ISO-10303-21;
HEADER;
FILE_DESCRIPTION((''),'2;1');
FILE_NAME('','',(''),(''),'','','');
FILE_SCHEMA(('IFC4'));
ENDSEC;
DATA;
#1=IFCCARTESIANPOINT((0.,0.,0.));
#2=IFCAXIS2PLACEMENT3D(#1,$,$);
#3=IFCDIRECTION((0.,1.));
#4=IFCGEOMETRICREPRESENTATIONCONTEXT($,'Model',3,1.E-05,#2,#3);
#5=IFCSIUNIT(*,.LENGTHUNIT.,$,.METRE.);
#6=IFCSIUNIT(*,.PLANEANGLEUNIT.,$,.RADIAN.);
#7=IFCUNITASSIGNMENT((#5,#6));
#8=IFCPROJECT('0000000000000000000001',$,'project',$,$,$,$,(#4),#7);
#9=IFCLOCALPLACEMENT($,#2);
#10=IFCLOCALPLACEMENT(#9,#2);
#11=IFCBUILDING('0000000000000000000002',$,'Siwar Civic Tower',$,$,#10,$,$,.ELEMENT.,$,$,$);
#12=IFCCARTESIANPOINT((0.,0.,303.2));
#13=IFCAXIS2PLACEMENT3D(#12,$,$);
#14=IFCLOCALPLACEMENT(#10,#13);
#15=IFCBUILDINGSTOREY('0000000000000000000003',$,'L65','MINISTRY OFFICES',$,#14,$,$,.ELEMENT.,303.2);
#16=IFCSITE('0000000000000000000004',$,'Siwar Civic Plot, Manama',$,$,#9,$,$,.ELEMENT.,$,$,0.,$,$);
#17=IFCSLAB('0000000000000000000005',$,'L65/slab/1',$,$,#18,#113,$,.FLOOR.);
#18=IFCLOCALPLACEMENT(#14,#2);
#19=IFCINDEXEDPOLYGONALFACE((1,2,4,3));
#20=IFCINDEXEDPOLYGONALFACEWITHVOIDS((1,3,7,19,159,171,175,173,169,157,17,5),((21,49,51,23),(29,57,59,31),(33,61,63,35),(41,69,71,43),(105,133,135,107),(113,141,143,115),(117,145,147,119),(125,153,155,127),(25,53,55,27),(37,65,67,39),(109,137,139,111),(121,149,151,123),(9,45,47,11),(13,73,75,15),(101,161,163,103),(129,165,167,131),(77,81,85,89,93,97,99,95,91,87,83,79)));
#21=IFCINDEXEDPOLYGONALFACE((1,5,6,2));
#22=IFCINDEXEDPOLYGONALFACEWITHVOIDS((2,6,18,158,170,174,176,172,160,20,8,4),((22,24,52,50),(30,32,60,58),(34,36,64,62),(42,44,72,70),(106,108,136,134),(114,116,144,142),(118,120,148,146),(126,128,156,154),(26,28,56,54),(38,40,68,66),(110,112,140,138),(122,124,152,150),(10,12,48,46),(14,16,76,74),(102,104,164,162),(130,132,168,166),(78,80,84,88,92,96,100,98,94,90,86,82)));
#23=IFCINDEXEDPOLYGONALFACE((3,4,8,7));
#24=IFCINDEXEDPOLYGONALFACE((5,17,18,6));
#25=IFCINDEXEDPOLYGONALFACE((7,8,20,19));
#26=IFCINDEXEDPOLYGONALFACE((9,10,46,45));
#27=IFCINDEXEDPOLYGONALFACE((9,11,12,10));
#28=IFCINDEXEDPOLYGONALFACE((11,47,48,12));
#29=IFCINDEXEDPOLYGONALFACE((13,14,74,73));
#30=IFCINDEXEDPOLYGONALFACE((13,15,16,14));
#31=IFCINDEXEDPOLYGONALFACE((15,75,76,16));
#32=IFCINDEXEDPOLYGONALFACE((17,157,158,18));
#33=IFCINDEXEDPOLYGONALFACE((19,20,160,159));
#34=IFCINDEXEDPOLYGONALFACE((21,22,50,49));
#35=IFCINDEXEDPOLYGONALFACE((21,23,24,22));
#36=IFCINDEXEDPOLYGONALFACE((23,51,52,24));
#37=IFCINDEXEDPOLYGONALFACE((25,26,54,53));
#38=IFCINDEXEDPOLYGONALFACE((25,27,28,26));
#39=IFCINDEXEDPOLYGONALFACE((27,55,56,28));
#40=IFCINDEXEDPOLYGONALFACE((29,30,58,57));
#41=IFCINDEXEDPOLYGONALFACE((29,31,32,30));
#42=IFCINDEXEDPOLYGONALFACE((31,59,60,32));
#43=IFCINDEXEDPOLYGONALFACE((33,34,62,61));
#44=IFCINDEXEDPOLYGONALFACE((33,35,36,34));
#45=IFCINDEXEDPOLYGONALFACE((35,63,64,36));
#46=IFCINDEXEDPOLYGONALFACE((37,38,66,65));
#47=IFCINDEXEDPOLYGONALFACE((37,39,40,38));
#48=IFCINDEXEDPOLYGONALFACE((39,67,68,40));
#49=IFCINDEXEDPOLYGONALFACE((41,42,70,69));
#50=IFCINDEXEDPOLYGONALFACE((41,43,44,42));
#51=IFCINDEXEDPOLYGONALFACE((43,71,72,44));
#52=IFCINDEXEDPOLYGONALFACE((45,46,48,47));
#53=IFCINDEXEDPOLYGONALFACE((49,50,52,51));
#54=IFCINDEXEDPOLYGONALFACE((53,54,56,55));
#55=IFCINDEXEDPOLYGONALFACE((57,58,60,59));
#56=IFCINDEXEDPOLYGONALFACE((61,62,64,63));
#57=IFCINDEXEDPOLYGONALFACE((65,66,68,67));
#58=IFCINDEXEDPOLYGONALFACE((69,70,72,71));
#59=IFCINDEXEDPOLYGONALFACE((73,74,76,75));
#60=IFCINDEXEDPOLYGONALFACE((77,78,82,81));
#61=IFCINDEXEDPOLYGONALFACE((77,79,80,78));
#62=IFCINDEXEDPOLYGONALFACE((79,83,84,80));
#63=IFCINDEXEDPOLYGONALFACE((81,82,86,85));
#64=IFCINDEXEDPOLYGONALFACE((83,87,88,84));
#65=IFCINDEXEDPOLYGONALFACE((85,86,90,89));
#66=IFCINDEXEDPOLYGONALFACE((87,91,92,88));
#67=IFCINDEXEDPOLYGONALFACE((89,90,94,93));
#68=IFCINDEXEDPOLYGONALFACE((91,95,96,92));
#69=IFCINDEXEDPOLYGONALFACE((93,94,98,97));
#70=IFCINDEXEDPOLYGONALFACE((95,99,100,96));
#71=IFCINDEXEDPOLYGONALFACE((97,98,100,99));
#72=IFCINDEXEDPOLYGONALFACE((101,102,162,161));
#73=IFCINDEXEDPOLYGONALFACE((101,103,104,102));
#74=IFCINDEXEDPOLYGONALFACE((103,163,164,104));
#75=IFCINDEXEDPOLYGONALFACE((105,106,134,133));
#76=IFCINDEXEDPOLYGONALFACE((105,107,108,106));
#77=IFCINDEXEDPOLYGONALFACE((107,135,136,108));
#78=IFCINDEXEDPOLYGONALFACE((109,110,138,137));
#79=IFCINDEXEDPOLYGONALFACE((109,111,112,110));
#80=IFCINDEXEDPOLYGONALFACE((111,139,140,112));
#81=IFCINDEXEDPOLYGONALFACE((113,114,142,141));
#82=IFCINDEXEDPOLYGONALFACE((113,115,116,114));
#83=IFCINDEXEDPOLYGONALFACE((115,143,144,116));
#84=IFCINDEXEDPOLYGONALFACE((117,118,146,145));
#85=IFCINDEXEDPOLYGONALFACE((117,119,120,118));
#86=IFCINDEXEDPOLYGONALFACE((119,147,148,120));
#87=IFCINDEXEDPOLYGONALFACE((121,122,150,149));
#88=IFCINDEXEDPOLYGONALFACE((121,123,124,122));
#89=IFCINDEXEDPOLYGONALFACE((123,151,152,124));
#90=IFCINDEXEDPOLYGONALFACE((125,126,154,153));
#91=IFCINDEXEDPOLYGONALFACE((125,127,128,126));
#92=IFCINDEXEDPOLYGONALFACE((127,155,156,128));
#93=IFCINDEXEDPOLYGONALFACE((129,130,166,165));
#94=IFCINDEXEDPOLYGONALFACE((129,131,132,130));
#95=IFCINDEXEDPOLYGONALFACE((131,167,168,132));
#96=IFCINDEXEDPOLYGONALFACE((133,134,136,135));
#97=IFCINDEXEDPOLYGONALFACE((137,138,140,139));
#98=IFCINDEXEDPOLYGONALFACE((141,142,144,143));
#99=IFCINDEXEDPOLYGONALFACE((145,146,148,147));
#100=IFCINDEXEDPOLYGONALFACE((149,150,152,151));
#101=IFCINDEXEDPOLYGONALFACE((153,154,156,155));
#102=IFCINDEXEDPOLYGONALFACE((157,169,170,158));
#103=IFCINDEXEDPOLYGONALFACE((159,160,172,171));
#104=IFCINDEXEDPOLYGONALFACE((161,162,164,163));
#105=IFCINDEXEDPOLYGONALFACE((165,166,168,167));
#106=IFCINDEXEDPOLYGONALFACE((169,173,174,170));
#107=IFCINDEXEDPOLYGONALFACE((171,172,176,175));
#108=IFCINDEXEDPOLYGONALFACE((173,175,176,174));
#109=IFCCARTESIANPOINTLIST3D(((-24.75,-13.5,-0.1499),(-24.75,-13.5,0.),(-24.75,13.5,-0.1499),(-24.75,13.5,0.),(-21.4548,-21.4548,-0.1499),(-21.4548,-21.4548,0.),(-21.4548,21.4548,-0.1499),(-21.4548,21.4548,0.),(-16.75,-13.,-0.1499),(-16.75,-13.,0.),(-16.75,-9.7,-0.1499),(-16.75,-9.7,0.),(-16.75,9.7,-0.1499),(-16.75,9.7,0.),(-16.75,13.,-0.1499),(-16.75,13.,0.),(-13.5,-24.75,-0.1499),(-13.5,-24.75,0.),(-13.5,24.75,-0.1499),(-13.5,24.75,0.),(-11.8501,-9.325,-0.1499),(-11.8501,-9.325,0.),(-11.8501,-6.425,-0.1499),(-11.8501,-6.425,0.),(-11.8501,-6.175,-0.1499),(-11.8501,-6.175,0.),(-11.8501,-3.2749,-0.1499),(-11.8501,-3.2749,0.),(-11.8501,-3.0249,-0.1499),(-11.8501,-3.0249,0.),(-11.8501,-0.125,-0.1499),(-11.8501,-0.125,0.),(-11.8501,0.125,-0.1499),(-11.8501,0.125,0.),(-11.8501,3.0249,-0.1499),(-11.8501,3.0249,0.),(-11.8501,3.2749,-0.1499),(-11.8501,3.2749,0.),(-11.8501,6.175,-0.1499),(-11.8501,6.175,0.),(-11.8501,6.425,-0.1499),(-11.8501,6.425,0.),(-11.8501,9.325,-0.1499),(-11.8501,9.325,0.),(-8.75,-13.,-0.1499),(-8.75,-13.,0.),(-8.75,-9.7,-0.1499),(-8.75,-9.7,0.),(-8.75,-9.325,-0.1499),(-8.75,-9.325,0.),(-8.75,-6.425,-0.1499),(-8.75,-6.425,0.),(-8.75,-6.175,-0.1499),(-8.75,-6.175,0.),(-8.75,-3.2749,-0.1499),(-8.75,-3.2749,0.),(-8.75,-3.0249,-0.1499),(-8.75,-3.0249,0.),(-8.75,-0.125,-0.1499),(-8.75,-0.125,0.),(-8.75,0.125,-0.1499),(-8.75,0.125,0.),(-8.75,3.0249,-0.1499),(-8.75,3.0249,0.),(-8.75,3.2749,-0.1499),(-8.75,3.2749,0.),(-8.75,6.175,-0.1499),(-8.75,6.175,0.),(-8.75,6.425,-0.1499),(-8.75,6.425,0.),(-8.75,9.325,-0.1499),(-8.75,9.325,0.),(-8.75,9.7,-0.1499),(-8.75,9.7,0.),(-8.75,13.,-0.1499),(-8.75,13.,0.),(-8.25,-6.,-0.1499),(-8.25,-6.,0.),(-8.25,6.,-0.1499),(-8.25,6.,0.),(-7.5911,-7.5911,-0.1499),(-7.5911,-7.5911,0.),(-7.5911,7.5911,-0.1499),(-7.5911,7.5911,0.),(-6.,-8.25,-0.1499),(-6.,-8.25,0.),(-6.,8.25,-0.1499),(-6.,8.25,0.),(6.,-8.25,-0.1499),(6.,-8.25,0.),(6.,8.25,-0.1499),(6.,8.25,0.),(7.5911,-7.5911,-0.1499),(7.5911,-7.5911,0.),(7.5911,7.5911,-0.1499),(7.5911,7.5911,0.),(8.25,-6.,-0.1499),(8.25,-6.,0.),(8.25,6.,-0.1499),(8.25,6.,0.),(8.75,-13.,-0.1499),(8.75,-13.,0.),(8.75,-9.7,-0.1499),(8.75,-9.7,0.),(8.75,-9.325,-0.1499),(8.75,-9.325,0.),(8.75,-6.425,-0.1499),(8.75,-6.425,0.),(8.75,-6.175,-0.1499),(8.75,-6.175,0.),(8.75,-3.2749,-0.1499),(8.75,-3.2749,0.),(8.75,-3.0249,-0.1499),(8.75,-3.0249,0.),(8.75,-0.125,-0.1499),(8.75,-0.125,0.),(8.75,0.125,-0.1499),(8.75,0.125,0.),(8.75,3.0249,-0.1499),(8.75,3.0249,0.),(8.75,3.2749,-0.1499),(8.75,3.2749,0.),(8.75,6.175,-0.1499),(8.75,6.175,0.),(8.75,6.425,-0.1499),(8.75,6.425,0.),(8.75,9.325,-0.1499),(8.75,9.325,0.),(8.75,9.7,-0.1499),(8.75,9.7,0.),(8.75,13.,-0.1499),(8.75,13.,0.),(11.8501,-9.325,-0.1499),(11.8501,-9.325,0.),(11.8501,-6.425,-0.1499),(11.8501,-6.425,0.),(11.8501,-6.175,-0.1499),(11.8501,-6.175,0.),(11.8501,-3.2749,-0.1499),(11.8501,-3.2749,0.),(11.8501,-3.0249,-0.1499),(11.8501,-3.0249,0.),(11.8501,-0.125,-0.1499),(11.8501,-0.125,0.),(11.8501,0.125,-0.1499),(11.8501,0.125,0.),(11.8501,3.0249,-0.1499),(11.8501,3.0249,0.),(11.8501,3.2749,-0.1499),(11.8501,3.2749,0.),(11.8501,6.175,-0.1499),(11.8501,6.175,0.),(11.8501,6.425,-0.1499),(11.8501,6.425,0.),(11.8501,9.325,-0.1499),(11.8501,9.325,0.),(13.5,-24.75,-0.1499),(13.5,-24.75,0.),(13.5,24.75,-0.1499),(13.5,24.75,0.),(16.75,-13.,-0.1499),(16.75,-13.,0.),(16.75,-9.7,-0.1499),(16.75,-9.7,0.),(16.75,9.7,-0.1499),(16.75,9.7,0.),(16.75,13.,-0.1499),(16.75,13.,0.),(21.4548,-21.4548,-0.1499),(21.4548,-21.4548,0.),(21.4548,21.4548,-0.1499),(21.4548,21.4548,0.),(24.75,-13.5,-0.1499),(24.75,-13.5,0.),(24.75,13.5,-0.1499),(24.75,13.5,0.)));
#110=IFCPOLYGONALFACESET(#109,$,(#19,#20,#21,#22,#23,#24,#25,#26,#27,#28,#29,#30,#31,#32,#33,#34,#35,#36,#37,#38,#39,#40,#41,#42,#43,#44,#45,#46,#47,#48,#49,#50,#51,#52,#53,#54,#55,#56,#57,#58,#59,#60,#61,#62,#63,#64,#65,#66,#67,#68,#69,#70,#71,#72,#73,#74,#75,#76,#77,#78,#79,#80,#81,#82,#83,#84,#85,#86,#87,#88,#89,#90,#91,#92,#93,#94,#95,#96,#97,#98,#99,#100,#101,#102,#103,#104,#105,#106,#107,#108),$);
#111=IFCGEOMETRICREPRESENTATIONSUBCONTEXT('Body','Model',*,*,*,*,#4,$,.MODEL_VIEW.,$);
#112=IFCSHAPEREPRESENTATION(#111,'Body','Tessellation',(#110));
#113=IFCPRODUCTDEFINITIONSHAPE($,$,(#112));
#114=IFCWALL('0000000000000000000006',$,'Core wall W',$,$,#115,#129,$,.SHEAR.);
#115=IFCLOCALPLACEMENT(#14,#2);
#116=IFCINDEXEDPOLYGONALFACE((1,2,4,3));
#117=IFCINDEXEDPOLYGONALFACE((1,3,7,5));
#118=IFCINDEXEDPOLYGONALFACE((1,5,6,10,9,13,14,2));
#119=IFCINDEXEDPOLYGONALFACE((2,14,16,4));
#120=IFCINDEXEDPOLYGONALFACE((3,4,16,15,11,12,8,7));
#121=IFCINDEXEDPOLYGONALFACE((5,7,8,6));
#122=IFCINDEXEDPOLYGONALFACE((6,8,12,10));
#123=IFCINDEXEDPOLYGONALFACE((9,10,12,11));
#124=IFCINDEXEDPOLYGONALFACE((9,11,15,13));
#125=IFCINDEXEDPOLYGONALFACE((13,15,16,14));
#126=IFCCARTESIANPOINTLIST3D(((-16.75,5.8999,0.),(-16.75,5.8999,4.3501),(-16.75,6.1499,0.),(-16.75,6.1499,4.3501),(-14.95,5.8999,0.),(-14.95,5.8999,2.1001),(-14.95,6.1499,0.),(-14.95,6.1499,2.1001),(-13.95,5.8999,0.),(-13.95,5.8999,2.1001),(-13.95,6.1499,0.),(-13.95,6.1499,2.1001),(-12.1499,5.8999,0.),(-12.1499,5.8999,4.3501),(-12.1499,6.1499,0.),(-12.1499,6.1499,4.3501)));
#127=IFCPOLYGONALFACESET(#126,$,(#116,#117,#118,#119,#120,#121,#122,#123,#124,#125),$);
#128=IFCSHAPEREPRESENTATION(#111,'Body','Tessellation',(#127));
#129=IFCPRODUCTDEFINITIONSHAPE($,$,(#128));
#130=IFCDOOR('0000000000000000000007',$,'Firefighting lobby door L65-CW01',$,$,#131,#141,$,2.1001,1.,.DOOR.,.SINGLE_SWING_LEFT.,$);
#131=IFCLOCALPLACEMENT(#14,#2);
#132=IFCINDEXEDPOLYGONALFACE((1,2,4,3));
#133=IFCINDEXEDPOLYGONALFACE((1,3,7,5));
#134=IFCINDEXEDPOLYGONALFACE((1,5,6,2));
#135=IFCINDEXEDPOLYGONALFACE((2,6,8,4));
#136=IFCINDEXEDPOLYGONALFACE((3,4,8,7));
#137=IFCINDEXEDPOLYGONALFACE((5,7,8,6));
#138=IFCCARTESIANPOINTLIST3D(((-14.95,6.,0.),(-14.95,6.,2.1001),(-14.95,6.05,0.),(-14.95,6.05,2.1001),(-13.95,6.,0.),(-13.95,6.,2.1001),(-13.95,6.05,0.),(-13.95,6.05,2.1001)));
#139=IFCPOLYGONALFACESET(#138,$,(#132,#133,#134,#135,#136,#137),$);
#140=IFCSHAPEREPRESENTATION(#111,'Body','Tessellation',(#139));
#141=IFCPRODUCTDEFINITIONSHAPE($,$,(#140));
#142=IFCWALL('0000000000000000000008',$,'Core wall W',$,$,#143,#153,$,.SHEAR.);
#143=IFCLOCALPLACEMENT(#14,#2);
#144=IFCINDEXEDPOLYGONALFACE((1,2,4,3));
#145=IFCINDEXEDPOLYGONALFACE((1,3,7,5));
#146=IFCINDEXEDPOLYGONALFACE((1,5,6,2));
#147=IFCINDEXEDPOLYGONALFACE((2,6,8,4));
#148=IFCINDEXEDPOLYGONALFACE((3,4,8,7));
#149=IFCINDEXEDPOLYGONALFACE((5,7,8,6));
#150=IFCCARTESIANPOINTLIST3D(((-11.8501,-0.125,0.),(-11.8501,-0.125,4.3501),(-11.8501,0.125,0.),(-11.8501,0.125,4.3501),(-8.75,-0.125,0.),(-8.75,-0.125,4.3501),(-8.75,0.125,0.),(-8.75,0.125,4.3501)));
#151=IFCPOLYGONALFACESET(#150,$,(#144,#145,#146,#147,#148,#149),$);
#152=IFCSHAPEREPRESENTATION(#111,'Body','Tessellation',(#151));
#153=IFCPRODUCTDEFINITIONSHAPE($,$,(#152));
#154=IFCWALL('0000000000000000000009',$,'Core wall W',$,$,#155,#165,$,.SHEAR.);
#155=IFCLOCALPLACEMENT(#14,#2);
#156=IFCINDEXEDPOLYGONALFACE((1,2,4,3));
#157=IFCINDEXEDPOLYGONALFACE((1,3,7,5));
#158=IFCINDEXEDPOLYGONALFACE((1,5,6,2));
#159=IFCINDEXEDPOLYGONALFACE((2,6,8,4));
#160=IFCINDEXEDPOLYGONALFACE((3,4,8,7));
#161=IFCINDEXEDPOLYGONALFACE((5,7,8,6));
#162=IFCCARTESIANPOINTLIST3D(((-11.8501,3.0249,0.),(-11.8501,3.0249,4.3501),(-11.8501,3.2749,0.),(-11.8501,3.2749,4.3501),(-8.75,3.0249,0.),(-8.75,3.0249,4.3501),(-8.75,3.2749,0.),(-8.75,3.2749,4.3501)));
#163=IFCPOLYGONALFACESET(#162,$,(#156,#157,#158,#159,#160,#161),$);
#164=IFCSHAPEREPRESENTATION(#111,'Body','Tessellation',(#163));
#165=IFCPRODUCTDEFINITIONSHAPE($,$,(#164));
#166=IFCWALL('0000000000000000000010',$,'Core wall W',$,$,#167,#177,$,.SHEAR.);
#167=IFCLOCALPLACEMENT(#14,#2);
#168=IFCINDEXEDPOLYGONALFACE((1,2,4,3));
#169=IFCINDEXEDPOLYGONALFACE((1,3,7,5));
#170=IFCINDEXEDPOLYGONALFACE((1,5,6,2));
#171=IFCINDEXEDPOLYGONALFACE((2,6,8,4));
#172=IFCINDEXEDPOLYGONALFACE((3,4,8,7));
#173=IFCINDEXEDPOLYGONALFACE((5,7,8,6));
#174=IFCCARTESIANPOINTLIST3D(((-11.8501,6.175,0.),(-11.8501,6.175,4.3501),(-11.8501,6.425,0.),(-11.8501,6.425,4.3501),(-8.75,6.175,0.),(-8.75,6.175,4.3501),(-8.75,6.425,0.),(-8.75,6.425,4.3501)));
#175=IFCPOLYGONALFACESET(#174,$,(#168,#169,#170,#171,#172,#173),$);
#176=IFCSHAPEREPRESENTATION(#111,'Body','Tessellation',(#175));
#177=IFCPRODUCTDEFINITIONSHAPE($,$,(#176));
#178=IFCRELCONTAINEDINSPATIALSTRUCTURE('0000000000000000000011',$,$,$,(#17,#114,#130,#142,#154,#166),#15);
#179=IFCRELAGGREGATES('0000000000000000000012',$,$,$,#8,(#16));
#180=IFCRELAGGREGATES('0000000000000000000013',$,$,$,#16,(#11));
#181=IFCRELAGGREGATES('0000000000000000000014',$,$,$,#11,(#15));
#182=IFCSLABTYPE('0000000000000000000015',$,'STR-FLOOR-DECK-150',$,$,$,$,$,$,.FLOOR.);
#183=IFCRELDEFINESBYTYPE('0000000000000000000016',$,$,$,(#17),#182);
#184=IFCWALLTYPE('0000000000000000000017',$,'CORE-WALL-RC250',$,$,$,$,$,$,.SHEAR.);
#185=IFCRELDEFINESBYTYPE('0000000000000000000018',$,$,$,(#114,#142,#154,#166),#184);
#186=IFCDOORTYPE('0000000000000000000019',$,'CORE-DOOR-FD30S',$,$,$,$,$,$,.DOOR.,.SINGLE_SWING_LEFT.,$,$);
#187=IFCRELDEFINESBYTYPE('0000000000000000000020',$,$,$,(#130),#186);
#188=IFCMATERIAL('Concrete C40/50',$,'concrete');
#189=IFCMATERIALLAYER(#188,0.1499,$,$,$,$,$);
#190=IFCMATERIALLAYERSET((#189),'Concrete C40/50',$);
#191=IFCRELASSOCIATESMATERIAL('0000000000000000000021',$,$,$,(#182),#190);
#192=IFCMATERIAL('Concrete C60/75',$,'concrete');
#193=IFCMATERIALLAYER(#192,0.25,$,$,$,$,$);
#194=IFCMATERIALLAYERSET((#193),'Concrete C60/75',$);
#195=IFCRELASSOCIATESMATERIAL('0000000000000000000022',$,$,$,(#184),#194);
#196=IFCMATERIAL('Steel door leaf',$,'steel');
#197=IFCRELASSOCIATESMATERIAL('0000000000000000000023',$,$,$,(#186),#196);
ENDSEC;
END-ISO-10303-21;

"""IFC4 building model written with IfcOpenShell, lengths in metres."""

from ifc_helpers import new_model, si_unit, direction, frame, frame_2d, origin, place, context, subcontext, project, spatial, polyline, rectangle, outline, extrude, material, layer, layer_set, type_object, element, fill, save


model = new_model("IFC4")

# Units and contexts
model_context = context("Model", 3, precision=1e-05, world=origin(), true_north=direction((0.0, 1.0)))
body_context = subcontext(model_context, "Body", "Model", "MODEL_VIEW")
ifc_project = project(units=[si_unit("LENGTHUNIT", "METRE"), si_unit("PLANEANGLEUNIT", "RADIAN")], contexts=[model_context])

# Site, building, storey
site_placement = place(None, origin())
site = spatial("IfcSite", under=ifc_project, at=site_placement, Name="Siwar Civic Plot, Manama", CompositionType="ELEMENT", RefElevation=0.0)
building_placement = place(site_placement, origin())
building = spatial("IfcBuilding", under=site, at=building_placement, Name="Siwar Civic Tower", CompositionType="ELEMENT")
storey_placement = place(building_placement, frame((0.0, 0.0, 303.2)))
storey = spatial("IfcBuildingStorey", under=building, at=storey_placement, Name="L65", Description="MINISTRY OFFICES", CompositionType="ELEMENT", Elevation=303.2)

# Slab
ifc_material_1 = material(Name="Concrete C40/50", Category="concrete")
ifc_layer_1 = layer(ifc_material_1, 0.1499)
ifc_layer_set_1 = layer_set([ifc_layer_1], Name="Concrete C40/50")
slab_type_1 = type_object("IfcSlabType", Name="STR-FLOOR-DECK-150", PredefinedType="FLOOR", material=ifc_layer_set_1)
slab_1_placement = place(storey_placement, frame((0.0, 0.0, -0.1499)))
element("IfcSlab", 1, at=slab_1_placement, inside=storey, type_object=slab_type_1, Name="L65/slab/1", PredefinedType="FLOOR", context=body_context, shape_type="SweptSolid", body=[
    extrude(outline(polyline([(-13.5, -24.75), (13.5, -24.75), (21.4548, -21.4548), (24.75, -13.5), (24.75, 13.5), (21.4548, 21.4548), (13.5, 24.75), (-13.5, 24.75), (-21.4548, 21.4548), (-24.75, 13.5), (-24.75, -13.5), (-21.4548, -21.4548), (-13.5, -24.75)]), holes=[polyline([(16.75, 13.0), (16.75, 9.7), (8.75, 9.7), (8.75, 13.0), (16.75, 13.0)]), polyline([(8.75, -9.7), (16.75, -9.7), (16.75, -13.0), (8.75, -13.0), (8.75, -9.7)]), polyline([(11.8501, 9.325), (11.8501, 6.425), (8.75, 6.425), (8.75, 9.325), (11.8501, 9.325)]), polyline([(8.75, 6.175), (11.8501, 6.175), (11.8501, 3.2749), (8.75, 3.2749), (8.75, 6.175)]), polyline([(8.75, 3.0249), (11.8501, 3.0249), (11.8501, 0.125), (8.75, 0.125), (8.75, 3.0249)]), polyline([(8.75, -0.125), (11.8501, -0.125), (11.8501, -3.0249), (8.75, -3.0249), (8.75, -0.125)]), polyline([(8.75, -3.2749), (11.8501, -3.2749), (11.8501, -6.175), (8.75, -6.175), (8.75, -3.2749)]), polyline([(8.75, -6.425), (11.8501, -6.425), (11.8501, -9.325), (8.75, -9.325), (8.75, -6.425)]), polyline([(-6.0, 8.25), (6.0, 8.25), (7.5911, 7.5911), (8.25, 6.0), (8.25, -6.0), (7.5911, -7.5911), (6.0, -8.25), (-6.0, -8.25), (-7.5911, -7.5911), (-8.25, -6.0), (-8.25, 6.0), (-7.5911, 7.5911), (-6.0, 8.25)]), polyline([(-8.75, -13.0), (-16.75, -13.0), (-16.75, -9.7), (-8.75, -9.7), (-8.75, -13.0)]), polyline([(-8.75, 9.7), (-16.75, 9.7), (-16.75, 13.0), (-8.75, 13.0), (-8.75, 9.7)]), polyline([(-8.75, 6.425), (-11.8501, 6.425), (-11.8501, 9.325), (-8.75, 9.325), (-8.75, 6.425)]), polyline([(-8.75, 3.2749), (-11.8501, 3.2749), (-11.8501, 6.175), (-8.75, 6.175), (-8.75, 3.2749)]), polyline([(-8.75, 0.125), (-11.8501, 0.125), (-11.8501, 3.0249), (-8.75, 3.0249), (-8.75, 0.125)]), polyline([(-8.75, -3.0249), (-11.8501, -3.0249), (-11.8501, -0.125), (-8.75, -0.125), (-8.75, -3.0249)]), polyline([(-8.75, -6.175), (-11.8501, -6.175), (-11.8501, -3.2749), (-8.75, -3.2749), (-8.75, -6.175)]), polyline([(-8.75, -9.325), (-11.8501, -9.325), (-11.8501, -6.425), (-8.75, -6.425), (-8.75, -9.325)])]), origin(), (0.0, 0.0, 1.0), 0.1499),
])

# Wall, opening, door
ifc_material_2 = material(Name="Concrete C60/75", Category="concrete")
ifc_layer_2 = layer(ifc_material_2, 0.25)
ifc_layer_set_2 = layer_set([ifc_layer_2], Name="Concrete C60/75")
wall_type_1 = type_object("IfcWallType", Name="CORE-WALL-RC250", PredefinedType="SHEAR", material=ifc_layer_set_2)
wall_1_placement = place(storey_placement, frame((-12.1499, 6.0249, 0.0), z_axis=(0.0, 0.0, 1.0), x_axis=(-1.0, 0.0, 0.0)))
wall_1 = element("IfcWall", 2, at=wall_1_placement, inside=storey, type_object=wall_type_1, Name="Core wall W", PredefinedType="SHEAR", context=body_context, shape_type="SweptSolid", body=[
    extrude(rectangle(XDim=4.6001, YDim=0.25, at=frame_2d((2.3, 0.0))), origin(), (0.0, 0.0, 1.0), 4.3501),
])
opening_1_placement = place(wall_1_placement, frame((1.8, 0.0, 0.0)))
opening_1 = element("IfcOpeningElement", 3, at=opening_1_placement, cuts=wall_1, PredefinedType="OPENING", context=body_context, shape_type="SweptSolid", body=[
    extrude(rectangle(XDim=1.0, YDim=2.1001, at=frame_2d((0.5, 1.05))), frame((0.0, 0.135, 0.0), z_axis=(0.0, -1.0, 0.0), x_axis=(1.0, 0.0, 0.0)), (0.0, 0.0, 1.0), 0.27),
])
ifc_material_3 = material(Name="Steel door leaf", Category="steel")
door_type_1 = type_object("IfcDoorType", Name="CORE-DOOR-FD30S", OperationType="SINGLE_SWING_LEFT", PredefinedType="DOOR", material=ifc_material_3)
door_1_placement = place(opening_1_placement, origin())
door_1 = element("IfcDoor", 4, at=door_1_placement, inside=storey, type_object=door_type_1, Name="Firefighting lobby door L65-CW01", OperationType="SINGLE_SWING_LEFT", OverallHeight=2.1001, OverallWidth=1.0, PredefinedType="DOOR", context=body_context, shape_type="SweptSolid", body=[
    extrude(rectangle(XDim=1.0, YDim=2.1001, at=frame_2d((0.5, 1.05))), frame((0.0, 0.0249, 0.0), z_axis=(0.0, -1.0, 0.0), x_axis=(1.0, 0.0, 0.0)), (0.0, 0.0, 1.0), 0.05),
])
fill(opening_1, door_1)

# Walls
for number, where, z_axis, x_axis, name in (
    (5, (-8.75, 0.0, 0.0), (0.0, 0.0, 1.0), (-1.0, 0.0, 0.0), "Core wall W"),
    (6, (-8.75, 3.1499, 0.0), (0.0, 0.0, 1.0), (-1.0, 0.0, 0.0), "Core wall W"),
    (7, (-8.75, 6.3, 0.0), (0.0, 0.0, 1.0), (-1.0, 0.0, 0.0), "Core wall W"),
):
    element("IfcWall", number, at=place(storey_placement, frame(where, z_axis=z_axis, x_axis=x_axis)), inside=storey, type_object=wall_type_1, Name=name, PredefinedType="SHEAR", context=body_context, shape_type="SweptSolid", body=[
        extrude(rectangle(XDim=3.1001, YDim=0.25, at=frame_2d((1.55, 0.0))), origin(), (0.0, 0.0, 1.0), 4.3501),
    ])

save(model, "model.ifc")
